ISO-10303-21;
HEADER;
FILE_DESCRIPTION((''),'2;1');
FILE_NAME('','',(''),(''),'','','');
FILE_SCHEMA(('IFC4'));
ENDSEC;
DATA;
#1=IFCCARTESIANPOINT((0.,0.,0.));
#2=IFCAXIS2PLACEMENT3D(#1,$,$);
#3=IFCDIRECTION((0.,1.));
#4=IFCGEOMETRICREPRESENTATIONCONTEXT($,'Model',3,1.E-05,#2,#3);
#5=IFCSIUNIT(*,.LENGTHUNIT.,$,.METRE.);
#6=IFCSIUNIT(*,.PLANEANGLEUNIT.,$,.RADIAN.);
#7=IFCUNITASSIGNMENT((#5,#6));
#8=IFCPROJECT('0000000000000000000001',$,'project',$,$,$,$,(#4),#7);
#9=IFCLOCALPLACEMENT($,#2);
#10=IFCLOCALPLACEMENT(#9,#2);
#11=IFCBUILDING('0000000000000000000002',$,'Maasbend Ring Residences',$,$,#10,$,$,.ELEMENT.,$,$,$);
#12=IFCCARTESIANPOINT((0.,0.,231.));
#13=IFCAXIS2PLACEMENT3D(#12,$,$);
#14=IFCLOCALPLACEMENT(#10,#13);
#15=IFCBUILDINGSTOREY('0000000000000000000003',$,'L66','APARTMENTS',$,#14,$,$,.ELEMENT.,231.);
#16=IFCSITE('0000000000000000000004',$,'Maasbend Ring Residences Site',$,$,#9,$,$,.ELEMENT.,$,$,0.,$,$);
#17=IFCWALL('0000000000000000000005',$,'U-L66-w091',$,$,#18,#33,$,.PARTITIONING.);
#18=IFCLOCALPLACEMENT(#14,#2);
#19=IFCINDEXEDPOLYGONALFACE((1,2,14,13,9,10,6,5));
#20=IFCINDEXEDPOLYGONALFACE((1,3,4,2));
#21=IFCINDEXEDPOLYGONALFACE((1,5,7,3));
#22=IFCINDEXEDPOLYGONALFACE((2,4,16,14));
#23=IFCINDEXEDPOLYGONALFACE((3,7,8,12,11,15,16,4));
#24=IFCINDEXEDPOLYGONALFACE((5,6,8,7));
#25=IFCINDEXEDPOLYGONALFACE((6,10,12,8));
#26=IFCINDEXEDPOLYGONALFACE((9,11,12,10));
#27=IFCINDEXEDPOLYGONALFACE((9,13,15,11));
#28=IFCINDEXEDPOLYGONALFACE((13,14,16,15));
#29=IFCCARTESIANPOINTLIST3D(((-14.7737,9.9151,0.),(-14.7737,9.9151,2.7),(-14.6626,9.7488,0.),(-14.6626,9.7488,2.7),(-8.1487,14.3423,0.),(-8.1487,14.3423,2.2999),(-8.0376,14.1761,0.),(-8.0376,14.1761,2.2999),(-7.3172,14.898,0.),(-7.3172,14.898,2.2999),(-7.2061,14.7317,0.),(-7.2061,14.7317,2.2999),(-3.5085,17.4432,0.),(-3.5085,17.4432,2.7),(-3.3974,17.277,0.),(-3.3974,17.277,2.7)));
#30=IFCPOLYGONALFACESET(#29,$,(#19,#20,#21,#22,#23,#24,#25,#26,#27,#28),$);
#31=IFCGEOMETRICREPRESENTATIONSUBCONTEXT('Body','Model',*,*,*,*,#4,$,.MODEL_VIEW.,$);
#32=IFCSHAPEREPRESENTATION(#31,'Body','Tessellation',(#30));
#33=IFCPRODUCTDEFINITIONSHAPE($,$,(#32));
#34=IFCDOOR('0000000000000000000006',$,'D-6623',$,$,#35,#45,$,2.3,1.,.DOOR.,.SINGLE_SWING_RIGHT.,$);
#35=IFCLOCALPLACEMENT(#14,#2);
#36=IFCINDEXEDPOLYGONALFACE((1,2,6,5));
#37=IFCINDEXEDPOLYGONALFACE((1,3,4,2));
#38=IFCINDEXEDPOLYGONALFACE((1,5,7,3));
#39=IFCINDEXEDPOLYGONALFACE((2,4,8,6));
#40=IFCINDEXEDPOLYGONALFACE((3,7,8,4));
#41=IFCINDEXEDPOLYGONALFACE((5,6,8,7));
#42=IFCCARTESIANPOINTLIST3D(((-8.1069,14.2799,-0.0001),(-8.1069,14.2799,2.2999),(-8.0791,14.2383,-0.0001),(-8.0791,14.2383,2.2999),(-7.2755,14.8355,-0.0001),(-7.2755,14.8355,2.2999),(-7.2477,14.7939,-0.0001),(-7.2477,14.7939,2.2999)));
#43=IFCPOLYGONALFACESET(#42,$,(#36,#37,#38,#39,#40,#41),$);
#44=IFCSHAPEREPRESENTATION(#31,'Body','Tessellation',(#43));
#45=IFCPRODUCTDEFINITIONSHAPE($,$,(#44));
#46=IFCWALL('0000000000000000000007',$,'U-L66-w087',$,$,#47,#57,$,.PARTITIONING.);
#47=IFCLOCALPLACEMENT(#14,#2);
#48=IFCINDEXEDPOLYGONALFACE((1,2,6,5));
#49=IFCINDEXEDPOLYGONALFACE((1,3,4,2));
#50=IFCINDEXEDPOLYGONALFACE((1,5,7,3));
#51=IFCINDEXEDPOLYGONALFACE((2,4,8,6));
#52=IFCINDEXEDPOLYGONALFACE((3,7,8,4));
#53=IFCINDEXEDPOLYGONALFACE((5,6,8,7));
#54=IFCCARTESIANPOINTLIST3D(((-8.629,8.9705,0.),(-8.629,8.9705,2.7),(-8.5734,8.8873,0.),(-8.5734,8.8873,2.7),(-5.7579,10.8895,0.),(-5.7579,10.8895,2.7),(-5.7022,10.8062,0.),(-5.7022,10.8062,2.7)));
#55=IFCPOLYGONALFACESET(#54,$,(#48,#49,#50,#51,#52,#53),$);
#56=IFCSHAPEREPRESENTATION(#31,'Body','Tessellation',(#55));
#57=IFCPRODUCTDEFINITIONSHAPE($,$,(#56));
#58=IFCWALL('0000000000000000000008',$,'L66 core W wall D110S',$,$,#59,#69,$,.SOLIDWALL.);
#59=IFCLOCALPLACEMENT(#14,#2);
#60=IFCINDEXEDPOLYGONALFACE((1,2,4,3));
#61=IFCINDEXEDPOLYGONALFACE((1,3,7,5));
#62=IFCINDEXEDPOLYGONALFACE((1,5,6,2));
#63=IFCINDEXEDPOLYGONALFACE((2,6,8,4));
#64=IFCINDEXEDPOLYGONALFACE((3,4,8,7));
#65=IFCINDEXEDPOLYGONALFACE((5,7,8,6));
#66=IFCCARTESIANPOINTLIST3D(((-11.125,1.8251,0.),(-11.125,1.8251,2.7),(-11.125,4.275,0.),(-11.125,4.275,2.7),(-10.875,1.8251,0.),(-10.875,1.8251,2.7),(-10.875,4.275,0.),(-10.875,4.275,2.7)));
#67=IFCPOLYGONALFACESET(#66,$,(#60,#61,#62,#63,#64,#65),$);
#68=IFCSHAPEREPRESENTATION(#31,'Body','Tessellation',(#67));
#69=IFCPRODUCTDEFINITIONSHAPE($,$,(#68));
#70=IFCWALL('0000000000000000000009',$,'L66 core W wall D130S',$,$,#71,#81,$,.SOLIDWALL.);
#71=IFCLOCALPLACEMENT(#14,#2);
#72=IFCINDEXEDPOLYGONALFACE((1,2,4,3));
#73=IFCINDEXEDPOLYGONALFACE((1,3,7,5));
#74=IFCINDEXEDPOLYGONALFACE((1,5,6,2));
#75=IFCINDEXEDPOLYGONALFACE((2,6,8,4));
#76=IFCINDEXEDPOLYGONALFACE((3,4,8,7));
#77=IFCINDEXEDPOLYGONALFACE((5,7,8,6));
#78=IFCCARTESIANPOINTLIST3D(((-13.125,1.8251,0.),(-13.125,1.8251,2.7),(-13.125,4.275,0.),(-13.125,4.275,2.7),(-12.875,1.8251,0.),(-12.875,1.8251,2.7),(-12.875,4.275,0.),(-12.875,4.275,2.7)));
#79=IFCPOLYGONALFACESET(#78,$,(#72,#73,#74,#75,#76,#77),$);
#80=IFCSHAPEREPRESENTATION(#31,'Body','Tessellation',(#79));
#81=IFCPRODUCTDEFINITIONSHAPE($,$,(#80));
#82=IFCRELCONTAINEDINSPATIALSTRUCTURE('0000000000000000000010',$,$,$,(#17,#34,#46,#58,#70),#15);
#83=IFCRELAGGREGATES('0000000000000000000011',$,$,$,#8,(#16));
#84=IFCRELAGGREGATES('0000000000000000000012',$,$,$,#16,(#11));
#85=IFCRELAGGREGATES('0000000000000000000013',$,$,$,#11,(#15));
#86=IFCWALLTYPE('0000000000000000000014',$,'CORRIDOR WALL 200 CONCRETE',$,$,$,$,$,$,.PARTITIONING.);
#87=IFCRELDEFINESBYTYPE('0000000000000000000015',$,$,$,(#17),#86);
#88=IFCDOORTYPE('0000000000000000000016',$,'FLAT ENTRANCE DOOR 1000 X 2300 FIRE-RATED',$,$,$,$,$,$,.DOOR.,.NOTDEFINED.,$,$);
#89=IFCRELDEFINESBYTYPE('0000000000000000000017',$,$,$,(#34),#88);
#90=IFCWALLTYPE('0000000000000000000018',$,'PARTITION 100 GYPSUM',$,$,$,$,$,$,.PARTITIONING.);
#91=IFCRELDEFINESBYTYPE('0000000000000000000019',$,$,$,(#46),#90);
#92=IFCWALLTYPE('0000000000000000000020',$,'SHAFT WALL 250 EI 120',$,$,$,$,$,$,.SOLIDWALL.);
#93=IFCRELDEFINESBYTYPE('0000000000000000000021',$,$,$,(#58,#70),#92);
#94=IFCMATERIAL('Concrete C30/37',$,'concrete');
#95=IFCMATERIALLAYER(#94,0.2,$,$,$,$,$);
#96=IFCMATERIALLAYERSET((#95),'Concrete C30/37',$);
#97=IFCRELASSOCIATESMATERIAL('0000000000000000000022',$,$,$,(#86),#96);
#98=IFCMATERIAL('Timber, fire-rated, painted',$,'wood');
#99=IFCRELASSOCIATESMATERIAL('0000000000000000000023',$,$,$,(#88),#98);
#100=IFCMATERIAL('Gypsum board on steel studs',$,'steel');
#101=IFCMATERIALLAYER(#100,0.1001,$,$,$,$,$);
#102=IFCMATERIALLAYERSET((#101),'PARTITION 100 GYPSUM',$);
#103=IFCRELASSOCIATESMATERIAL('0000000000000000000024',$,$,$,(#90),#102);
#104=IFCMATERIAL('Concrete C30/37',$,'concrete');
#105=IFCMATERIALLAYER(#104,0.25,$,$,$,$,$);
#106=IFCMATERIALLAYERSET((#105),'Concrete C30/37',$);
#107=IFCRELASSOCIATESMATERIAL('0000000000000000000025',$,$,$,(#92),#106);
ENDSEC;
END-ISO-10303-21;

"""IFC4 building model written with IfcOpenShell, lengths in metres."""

from ifc_helpers import new_model, si_unit, direction, frame, frame_2d, origin, place, context, subcontext, project, spatial, rectangle, extrude, material, layer, layer_set, type_object, element, fill, save


model = new_model("IFC4")

# Units and contexts
model_context = context("Model", 3, precision=1e-05, world=origin(), true_north=direction((0.0, 1.0)))
body_context = subcontext(model_context, "Body", "Model", "MODEL_VIEW")
ifc_project = project(units=[si_unit("LENGTHUNIT", "METRE"), si_unit("PLANEANGLEUNIT", "RADIAN")], contexts=[model_context])

# Site, building, storey
site_placement = place(None, origin())
site = spatial("IfcSite", under=ifc_project, at=site_placement, Name="Maasbend Ring Residences Site", CompositionType="ELEMENT", RefElevation=0.0)
building_placement = place(site_placement, origin())
building = spatial("IfcBuilding", under=site, at=building_placement, Name="Maasbend Ring Residences", CompositionType="ELEMENT")
storey_placement = place(building_placement, frame((0.0, 0.0, 231.0)))
storey = spatial("IfcBuildingStorey", under=building, at=storey_placement, Name="L66", Description="APARTMENTS", CompositionType="ELEMENT", Elevation=231.0)

# Wall, opening, door
ifc_material_1 = material(Name="Concrete C30/37", Category="concrete")
ifc_layer_1 = layer(ifc_material_1, 0.2)
ifc_layer_set_1 = layer_set([ifc_layer_1], Name="Concrete C30/37")
wall_type_1 = type_object("IfcWallType", Name="CORRIDOR WALL 200 CONCRETE", PredefinedType="PARTITIONING", material=ifc_layer_set_1)
wall_1_placement = place(storey_placement, frame((-14.718, 9.832, 0.0), z_axis=(0.0, 0.0, 1.0), x_axis=(0.831437, 0.555619, 0.0)))
wall_1 = element("IfcWall", 1, at=wall_1_placement, inside=storey, type_object=wall_type_1, Name="U-L66-w091", PredefinedType="PARTITIONING", context=body_context, shape_type="SweptSolid", body=[
    extrude(rectangle(XDim=13.5491, YDim=0.2, at=frame_2d((6.7744, 0.0))), origin(), (0.0, 0.0, 1.0), 2.7),
])
opening_1_placement = place(wall_1_placement, frame((7.968, 0.0, 0.0)))
opening_1 = element("IfcOpeningElement", 2, at=opening_1_placement, cuts=wall_1, PredefinedType="OPENING", context=body_context, shape_type="SweptSolid", body=[
    extrude(rectangle(XDim=1.0, YDim=2.3, at=frame_2d((0.5, 1.1499))), frame((0.0, 0.1099, 0.0), z_axis=(0.0, -1.0, 0.0), x_axis=(1.0, 0.0, 0.0)), (0.0, 0.0, 1.0), 0.22),
])
ifc_material_2 = material(Name="Timber, fire-rated, painted", Category="wood")
door_type_1 = type_object("IfcDoorType", Name="FLAT ENTRANCE DOOR 1000 X 2300 FIRE-RATED", OperationType="NOTDEFINED", PredefinedType="DOOR", material=ifc_material_2)
door_1_placement = place(opening_1_placement, origin())
door_1 = element("IfcDoor", 3, at=door_1_placement, inside=storey, type_object=door_type_1, Name="D-6623", OperationType="SINGLE_SWING_RIGHT", OverallHeight=2.3, OverallWidth=1.0, PredefinedType="DOOR", context=body_context, shape_type="SweptSolid", body=[
    extrude(rectangle(XDim=1.0, YDim=2.3, at=frame_2d((0.5, 1.1499))), frame((0.0, 0.0249, 0.0), z_axis=(0.0, -1.0, 0.0), x_axis=(1.0, 0.0, 0.0)), (0.0, 0.0, 1.0), 0.05),
])
fill(opening_1, door_1)

# Walls
ifc_material_3 = material(Name="Gypsum board on steel studs", Category="steel")
ifc_layer_2 = layer(ifc_material_3, 0.1001)
ifc_layer_set_2 = layer_set([ifc_layer_2], Name="PARTITION 100 GYPSUM")
wall_type_2 = type_object("IfcWallType", Name="PARTITION 100 GYPSUM", PredefinedType="PARTITIONING", material=ifc_layer_set_2)
wall_2_placement = place(storey_placement, frame((-8.6011, 8.929, 0.0), z_axis=(0.0, 0.0, 1.0), x_axis=(0.831397, 0.555679, 0.0)))
element("IfcWall", 4, at=wall_2_placement, inside=storey, type_object=wall_type_2, Name="U-L66-w087", PredefinedType="PARTITIONING", context=body_context, shape_type="SweptSolid", body=[
    extrude(rectangle(XDim=3.4534, YDim=0.1001, at=frame_2d((1.7266, 0.0))), origin(), (0.0, 0.0, 1.0), 2.7),
])
ifc_material_4 = material(Name="Concrete C30/37", Category="concrete")
ifc_layer_3 = layer(ifc_material_4, 0.25)
ifc_layer_set_3 = layer_set([ifc_layer_3], Name="Concrete C30/37")
wall_type_3 = type_object("IfcWallType", Name="SHAFT WALL 250 EI 120", PredefinedType="SOLIDWALL", material=ifc_layer_set_3)
for number, where, z_axis, x_axis, name in (
    (5, (-11.0, 1.825, 0.0), (0.0, 0.0, 1.0), (0.0, 1.0, 0.0), "L66 core W wall D110S"),
    (6, (-13.0, 1.825, 0.0), (0.0, 0.0, 1.0), (0.0, 1.0, 0.0), "L66 core W wall D130S"),
):
    element("IfcWall", number, at=place(storey_placement, frame(where, z_axis=z_axis, x_axis=x_axis)), inside=storey, type_object=wall_type_3, Name=name, PredefinedType="SOLIDWALL", context=body_context, shape_type="SweptSolid", body=[
        extrude(rectangle(XDim=2.45, YDim=0.25, at=frame_2d((1.2251, 0.0))), origin(), (0.0, 0.0, 1.0), 2.7),
    ])

save(model, "model.ifc")
